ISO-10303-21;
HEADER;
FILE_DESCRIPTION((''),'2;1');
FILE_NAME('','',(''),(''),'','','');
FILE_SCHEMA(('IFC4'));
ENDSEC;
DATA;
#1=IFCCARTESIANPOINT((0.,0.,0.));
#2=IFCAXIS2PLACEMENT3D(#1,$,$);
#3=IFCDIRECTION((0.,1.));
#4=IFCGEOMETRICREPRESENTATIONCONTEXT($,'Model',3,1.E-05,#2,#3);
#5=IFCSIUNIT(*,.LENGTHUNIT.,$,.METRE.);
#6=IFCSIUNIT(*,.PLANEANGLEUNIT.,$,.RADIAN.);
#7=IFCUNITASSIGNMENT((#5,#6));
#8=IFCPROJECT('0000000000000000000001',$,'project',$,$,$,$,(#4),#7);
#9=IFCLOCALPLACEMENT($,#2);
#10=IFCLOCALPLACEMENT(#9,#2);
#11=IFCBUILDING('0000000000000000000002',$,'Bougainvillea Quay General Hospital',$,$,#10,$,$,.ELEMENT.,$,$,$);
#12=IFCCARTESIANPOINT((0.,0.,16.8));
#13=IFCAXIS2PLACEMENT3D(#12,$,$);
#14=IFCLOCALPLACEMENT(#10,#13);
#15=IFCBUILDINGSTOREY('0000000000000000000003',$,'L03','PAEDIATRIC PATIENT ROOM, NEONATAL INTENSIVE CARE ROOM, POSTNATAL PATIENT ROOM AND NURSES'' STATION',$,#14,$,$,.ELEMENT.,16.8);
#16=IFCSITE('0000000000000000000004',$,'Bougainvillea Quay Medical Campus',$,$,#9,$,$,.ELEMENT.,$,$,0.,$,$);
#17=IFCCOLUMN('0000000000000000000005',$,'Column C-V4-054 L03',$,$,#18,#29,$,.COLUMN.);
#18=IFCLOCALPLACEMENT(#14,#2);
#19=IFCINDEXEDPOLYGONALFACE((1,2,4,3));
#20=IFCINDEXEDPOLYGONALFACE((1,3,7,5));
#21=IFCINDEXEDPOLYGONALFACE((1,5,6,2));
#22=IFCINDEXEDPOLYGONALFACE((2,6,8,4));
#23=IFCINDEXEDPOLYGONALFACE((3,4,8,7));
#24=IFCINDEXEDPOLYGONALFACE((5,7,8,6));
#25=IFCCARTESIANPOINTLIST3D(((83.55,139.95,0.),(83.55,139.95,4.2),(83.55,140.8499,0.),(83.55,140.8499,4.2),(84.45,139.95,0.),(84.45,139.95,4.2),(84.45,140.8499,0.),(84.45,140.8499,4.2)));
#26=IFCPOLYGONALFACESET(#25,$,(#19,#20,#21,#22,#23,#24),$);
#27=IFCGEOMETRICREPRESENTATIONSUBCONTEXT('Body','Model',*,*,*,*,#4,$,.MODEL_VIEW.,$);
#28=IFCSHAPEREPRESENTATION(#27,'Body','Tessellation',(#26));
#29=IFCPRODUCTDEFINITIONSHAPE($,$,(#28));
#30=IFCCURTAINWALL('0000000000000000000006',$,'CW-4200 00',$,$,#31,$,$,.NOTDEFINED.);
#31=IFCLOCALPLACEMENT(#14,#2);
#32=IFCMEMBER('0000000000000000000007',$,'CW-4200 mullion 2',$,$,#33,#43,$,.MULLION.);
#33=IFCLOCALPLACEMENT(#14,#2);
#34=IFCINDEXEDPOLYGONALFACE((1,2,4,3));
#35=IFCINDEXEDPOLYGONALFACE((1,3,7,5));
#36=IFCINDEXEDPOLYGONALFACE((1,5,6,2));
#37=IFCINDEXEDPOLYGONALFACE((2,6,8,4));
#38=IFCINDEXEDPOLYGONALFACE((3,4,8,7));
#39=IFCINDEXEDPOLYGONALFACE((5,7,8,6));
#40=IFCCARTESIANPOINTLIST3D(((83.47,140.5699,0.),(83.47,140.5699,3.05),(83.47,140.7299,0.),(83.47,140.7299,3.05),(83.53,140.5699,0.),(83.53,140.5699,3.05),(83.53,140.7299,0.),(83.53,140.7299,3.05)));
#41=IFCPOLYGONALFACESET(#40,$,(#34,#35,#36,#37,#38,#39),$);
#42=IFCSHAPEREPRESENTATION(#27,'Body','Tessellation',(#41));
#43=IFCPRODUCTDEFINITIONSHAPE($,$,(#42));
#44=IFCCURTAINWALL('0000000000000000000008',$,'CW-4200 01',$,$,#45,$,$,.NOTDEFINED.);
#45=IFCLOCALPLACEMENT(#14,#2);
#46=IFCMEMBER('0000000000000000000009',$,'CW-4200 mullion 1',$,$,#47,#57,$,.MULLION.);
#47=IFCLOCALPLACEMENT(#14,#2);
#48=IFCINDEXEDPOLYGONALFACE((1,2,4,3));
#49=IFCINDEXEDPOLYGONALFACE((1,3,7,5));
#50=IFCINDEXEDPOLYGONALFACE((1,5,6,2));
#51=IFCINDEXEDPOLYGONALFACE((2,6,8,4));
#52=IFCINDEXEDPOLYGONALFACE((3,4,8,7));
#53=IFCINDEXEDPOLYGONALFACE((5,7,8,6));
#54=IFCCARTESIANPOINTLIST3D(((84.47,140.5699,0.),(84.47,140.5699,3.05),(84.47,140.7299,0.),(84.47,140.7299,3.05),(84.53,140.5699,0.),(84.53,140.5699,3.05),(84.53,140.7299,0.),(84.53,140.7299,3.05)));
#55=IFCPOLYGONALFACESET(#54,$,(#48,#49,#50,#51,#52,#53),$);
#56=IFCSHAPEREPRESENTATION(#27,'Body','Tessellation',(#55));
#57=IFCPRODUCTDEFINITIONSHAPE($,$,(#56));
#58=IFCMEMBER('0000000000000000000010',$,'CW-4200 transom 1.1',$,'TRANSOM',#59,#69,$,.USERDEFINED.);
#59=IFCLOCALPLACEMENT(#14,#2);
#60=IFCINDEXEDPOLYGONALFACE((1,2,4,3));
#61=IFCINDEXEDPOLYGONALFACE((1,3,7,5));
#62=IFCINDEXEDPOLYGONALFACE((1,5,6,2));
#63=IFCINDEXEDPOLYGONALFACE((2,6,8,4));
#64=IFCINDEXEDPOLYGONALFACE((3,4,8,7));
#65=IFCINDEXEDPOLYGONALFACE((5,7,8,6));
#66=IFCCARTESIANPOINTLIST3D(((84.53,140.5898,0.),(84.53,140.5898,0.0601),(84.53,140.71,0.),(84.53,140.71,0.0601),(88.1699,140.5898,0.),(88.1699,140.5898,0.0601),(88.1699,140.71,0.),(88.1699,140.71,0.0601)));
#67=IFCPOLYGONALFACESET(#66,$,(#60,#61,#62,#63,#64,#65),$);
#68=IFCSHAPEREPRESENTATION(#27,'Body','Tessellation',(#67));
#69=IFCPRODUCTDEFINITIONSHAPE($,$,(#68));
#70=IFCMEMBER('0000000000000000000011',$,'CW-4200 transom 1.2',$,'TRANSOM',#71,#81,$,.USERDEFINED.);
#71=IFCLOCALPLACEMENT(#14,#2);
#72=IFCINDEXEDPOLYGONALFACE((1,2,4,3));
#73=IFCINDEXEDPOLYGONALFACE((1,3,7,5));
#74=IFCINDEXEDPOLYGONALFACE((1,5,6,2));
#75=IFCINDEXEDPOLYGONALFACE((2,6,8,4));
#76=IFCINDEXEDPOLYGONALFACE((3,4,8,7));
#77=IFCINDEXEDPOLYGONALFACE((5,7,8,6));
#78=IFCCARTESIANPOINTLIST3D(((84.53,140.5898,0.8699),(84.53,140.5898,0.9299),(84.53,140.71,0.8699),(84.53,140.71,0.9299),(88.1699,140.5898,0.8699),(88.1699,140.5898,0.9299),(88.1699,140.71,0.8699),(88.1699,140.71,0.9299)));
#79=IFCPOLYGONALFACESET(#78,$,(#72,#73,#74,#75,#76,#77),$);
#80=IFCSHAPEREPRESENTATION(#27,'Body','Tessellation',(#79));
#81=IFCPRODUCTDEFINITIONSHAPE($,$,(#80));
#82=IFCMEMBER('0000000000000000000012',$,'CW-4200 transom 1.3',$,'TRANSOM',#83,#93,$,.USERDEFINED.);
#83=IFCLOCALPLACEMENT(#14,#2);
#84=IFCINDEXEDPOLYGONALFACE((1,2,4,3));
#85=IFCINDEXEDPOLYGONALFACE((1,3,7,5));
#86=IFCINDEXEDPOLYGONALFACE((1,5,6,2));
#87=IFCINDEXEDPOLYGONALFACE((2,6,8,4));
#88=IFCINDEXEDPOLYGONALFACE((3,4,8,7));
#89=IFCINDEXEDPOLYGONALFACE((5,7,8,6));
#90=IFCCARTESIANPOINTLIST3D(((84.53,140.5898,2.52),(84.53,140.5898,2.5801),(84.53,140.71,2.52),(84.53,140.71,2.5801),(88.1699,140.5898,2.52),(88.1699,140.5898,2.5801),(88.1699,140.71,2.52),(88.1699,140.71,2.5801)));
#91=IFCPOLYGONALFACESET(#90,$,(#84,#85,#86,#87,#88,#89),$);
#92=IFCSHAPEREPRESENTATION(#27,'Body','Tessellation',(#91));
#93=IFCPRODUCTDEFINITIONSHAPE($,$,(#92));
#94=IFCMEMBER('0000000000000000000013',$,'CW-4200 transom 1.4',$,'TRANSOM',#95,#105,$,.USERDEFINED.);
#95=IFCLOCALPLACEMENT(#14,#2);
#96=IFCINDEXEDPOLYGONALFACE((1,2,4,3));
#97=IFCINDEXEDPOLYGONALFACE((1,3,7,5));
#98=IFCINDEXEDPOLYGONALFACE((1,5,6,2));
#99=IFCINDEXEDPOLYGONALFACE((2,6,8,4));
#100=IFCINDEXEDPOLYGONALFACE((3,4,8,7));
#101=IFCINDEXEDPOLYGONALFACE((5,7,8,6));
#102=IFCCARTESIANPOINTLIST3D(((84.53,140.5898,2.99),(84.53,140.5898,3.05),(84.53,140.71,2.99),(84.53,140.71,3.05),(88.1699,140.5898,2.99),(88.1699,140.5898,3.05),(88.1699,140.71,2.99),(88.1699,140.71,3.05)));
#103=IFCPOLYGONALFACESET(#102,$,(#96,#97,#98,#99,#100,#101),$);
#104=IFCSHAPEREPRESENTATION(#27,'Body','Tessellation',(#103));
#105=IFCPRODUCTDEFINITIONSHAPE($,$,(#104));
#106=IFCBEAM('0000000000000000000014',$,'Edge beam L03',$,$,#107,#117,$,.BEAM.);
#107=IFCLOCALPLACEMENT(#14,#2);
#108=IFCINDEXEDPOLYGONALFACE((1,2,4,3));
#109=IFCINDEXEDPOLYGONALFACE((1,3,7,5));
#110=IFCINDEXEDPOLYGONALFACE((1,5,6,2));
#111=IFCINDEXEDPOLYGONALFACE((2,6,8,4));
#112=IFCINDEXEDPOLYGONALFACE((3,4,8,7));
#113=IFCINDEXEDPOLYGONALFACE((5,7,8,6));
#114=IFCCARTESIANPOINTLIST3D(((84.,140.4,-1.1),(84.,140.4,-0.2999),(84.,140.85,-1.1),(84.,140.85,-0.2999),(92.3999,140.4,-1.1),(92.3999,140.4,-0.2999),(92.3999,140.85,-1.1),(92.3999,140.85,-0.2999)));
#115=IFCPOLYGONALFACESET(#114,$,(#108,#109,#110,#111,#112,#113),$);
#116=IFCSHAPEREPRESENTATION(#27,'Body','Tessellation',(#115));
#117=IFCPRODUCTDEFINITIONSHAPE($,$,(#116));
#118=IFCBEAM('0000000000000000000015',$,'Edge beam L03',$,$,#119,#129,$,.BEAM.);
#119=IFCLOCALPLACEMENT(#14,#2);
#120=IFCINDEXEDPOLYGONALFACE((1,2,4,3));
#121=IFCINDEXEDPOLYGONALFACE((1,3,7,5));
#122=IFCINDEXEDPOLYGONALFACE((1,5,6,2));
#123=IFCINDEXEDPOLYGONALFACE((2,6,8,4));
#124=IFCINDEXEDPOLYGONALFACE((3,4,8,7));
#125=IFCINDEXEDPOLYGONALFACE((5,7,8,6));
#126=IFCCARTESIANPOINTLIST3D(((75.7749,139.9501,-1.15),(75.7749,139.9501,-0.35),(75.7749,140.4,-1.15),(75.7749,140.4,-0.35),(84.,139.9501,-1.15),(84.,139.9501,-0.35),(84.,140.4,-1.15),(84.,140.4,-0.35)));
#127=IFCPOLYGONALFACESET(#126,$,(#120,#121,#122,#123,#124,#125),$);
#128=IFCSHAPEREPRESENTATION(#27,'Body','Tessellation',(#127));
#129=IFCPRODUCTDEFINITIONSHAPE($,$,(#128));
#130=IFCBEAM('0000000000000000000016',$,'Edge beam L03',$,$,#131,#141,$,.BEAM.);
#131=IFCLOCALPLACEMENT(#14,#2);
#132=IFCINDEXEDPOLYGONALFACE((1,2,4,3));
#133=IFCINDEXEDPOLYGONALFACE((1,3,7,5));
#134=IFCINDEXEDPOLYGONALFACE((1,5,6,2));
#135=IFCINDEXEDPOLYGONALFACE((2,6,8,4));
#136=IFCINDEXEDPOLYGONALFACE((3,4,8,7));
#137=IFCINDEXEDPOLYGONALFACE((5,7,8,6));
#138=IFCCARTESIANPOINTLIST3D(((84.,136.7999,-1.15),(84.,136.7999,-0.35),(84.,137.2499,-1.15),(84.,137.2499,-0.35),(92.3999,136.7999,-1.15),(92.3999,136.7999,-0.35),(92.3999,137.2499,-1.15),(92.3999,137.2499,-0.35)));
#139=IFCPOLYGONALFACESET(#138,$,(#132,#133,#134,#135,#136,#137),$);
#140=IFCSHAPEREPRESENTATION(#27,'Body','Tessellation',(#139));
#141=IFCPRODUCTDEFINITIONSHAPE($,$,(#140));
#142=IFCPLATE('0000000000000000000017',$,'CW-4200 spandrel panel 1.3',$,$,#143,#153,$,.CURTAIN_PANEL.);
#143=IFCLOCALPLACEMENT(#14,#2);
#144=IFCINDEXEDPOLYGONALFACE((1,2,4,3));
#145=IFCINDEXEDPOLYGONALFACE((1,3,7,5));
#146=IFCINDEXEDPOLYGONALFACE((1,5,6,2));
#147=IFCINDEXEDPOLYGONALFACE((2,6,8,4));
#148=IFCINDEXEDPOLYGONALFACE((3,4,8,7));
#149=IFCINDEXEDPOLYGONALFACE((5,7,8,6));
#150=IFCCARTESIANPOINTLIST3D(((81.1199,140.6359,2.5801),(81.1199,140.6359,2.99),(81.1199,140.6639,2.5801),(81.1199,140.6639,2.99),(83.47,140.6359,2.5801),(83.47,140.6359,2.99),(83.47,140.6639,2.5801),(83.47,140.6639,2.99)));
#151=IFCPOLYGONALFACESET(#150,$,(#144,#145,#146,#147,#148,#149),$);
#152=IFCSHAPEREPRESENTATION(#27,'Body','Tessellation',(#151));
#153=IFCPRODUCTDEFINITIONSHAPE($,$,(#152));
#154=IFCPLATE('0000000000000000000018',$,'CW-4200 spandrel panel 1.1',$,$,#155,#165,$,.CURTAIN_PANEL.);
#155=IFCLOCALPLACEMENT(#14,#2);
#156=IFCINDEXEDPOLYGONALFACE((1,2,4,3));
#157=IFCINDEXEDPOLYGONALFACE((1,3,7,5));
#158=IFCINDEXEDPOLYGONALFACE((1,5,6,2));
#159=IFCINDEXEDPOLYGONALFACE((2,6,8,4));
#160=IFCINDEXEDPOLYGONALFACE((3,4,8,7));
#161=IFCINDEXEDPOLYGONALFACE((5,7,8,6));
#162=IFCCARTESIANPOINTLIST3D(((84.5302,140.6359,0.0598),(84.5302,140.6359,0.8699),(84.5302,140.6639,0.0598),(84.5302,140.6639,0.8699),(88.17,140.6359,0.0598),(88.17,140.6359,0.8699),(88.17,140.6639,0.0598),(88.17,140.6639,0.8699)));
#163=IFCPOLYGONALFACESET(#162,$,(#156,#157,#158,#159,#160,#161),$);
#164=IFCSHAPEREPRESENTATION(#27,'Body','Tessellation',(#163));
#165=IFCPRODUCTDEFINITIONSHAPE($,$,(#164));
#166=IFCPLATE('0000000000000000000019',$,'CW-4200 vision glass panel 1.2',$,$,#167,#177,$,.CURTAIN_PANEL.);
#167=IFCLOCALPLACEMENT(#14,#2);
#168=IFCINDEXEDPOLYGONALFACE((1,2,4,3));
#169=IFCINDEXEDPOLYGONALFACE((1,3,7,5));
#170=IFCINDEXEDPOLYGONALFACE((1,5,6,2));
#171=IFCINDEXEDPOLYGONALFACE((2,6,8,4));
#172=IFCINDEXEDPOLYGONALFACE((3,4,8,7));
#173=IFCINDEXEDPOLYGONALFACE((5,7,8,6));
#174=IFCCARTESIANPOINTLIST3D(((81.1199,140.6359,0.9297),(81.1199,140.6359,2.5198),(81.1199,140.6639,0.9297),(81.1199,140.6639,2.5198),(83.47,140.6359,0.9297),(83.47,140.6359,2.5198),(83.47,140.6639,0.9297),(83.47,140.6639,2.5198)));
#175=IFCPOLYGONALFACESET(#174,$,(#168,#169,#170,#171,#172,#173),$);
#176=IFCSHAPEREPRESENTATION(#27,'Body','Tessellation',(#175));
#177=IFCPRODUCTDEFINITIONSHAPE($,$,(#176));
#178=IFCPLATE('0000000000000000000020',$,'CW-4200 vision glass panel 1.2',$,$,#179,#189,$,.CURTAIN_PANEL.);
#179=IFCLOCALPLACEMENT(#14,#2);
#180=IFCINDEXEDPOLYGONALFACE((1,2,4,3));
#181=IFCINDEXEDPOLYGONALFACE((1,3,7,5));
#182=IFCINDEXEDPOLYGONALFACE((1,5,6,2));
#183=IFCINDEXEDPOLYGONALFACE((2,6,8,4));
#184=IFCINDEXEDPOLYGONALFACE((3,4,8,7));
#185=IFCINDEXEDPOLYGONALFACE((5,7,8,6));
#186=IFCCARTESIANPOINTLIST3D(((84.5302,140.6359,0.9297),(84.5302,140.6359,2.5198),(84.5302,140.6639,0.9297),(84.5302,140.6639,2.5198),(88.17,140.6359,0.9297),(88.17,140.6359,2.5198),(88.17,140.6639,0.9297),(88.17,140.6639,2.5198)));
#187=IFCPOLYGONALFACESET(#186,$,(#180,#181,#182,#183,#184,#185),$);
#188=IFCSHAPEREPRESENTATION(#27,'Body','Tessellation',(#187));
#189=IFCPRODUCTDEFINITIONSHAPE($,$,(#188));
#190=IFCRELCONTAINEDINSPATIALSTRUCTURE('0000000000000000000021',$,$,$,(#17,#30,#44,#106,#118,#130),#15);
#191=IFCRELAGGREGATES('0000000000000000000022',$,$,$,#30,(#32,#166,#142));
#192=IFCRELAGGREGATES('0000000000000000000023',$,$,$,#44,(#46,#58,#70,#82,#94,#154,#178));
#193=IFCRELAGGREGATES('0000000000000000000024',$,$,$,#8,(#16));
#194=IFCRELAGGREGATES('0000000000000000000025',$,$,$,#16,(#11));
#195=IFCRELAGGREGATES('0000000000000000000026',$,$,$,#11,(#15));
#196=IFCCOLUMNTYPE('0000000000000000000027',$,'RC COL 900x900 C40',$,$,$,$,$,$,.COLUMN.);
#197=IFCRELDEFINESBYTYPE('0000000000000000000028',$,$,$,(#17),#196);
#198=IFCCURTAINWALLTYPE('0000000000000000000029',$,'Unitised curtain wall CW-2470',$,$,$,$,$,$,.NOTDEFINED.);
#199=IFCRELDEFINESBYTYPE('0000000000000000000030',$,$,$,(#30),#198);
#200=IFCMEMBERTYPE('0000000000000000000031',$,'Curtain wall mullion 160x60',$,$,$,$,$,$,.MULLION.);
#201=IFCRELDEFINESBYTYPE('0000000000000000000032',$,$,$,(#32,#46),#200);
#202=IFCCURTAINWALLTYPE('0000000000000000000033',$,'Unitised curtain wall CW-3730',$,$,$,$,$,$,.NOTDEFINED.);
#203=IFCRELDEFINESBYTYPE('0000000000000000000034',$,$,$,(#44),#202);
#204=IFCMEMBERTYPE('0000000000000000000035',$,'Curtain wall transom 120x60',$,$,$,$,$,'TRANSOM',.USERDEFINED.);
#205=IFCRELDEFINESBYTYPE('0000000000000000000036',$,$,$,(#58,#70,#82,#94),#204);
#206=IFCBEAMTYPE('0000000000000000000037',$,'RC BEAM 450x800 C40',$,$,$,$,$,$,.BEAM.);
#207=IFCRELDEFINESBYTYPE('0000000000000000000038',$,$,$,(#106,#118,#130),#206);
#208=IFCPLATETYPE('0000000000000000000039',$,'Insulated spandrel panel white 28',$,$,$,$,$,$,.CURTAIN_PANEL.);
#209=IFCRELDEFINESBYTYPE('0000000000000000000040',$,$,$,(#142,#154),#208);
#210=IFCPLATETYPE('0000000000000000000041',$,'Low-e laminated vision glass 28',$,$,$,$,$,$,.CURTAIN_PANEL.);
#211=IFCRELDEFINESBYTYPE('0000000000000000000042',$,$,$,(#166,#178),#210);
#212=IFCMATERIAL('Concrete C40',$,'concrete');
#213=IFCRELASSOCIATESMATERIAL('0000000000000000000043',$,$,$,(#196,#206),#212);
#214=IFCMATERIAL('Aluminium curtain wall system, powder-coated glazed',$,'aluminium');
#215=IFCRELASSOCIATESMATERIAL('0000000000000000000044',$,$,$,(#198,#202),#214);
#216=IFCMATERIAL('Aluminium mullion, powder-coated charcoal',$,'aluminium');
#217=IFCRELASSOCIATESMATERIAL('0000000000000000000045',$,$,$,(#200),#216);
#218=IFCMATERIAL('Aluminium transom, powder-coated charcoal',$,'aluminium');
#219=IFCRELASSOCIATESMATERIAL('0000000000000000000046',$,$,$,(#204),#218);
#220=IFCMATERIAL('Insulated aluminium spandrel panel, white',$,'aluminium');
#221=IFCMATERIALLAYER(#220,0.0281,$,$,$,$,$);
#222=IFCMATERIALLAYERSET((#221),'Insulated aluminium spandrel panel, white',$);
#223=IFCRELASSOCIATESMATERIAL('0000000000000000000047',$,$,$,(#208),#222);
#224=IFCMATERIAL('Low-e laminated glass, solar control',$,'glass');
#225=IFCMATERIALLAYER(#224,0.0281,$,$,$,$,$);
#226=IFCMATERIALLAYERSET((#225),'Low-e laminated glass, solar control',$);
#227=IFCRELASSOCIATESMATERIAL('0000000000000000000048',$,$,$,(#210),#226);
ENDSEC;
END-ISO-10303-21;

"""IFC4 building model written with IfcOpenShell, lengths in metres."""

from ifc_helpers import new_model, si_unit, direction, frame, origin, origin_2d, place, context, subcontext, project, spatial, rectangle, extrude, material, layer, layer_set, material_profile, profile_set, type_object, element, aggregate, save


model = new_model("IFC4")

# Units and contexts
model_context = context("Model", 3, precision=1e-05, world=origin(), true_north=direction((0.0, 1.0)))
body_context = subcontext(model_context, "Body", "Model", "MODEL_VIEW")
ifc_project = project(units=[si_unit("LENGTHUNIT", "METRE"), si_unit("PLANEANGLEUNIT", "RADIAN")], contexts=[model_context])

# Site, building, storey
site_placement = place(None, origin())
site = spatial("IfcSite", under=ifc_project, at=site_placement, Name="Bougainvillea Quay Medical Campus", CompositionType="ELEMENT", RefElevation=0.0)
building_placement = place(site_placement, origin())
building = spatial("IfcBuilding", under=site, at=building_placement, Name="Bougainvillea Quay General Hospital", CompositionType="ELEMENT")
storey_placement = place(building_placement, frame((0.0, 0.0, 16.8)))
storey = spatial("IfcBuildingStorey", under=building, at=storey_placement, Name="L03", Description="PAEDIATRIC PATIENT ROOM, NEONATAL INTENSIVE CARE ROOM, POSTNATAL PATIENT ROOM AND NURSES' STATION", CompositionType="ELEMENT", Elevation=16.8)

# Column
ifc_material_1 = material(Name="Concrete C40", Category="concrete")
ifc_material_profile_1 = material_profile(ifc_material_1, rectangle(XDim=0.8999, YDim=0.8999, at=origin_2d()))
ifc_profile_set_1 = profile_set([ifc_material_profile_1], Name="Concrete C40")
column_type = type_object("IfcColumnType", Name="RC COL 900x900 C40", PredefinedType="COLUMN", material=ifc_profile_set_1)
column_placement = place(storey_placement, frame((84.0, 140.3999, 0.0), z_axis=(0.0, 0.0, 1.0), x_axis=(1.0, 0.0, 0.0)))
element("IfcColumn", 1, at=column_placement, inside=storey, type_object=column_type, Name="Column C-V4-054 L03", PredefinedType="COLUMN", context=body_context, shape_type="SweptSolid", body=[
    extrude(rectangle(XDim=0.8999, YDim=0.8999, at=origin_2d()), origin(), (0.0, 0.0, 1.0), 4.2),
])

# Curtain wall, member
ifc_material_2 = material(Name="Aluminium curtain wall system, powder-coated glazed", Category="aluminium")
curtain_wall_type_1 = type_object("IfcCurtainWallType", Name="Unitised curtain wall CW-2470", PredefinedType="NOTDEFINED", material=ifc_material_2)
curtain_wall_1_placement = place(storey_placement, origin())
curtain_wall_1 = element("IfcCurtainWall", 2, at=curtain_wall_1_placement, inside=storey, type_object=curtain_wall_type_1, Name="CW-4200 00", PredefinedType="NOTDEFINED")
ifc_material_3 = material(Name="Aluminium mullion, powder-coated charcoal", Category="aluminium")
ifc_material_profile_2 = material_profile(ifc_material_3, rectangle(XDim=0.1599, YDim=0.0601, at=origin_2d()))
ifc_profile_set_2 = profile_set([ifc_material_profile_2], Name="Aluminium mullion, powder-coated charcoal")
member_type_1 = type_object("IfcMemberType", Name="Curtain wall mullion 160x60", PredefinedType="MULLION", material=ifc_profile_set_2)
member_1_placement = place(storey_placement, frame((83.5, 140.6499, 0.0), z_axis=(0.0, 0.0, 1.0), x_axis=(0.0, 1.0, 0.0)))
member_1 = element("IfcMember", 3, at=member_1_placement, type_object=member_type_1, Name="CW-4200 mullion 2", PredefinedType="MULLION", context=body_context, shape_type="SweptSolid", body=[
    extrude(rectangle(XDim=0.1599, YDim=0.0601, at=origin_2d()), origin(), (0.0, 0.0, 1.0), 3.05),
])

# Curtain wall, members
curtain_wall_type_2 = type_object("IfcCurtainWallType", Name="Unitised curtain wall CW-3730", PredefinedType="NOTDEFINED", material=ifc_material_2)
curtain_wall_2_placement = place(storey_placement, origin())
curtain_wall_2 = element("IfcCurtainWall", 4, at=curtain_wall_2_placement, inside=storey, type_object=curtain_wall_type_2, Name="CW-4200 01", PredefinedType="NOTDEFINED")
member_2_placement = place(storey_placement, frame((84.5, 140.6499, 0.0), z_axis=(0.0, 0.0, 1.0), x_axis=(0.0, 1.0, 0.0)))
member_2 = element("IfcMember", 5, at=member_2_placement, type_object=member_type_1, Name="CW-4200 mullion 1", PredefinedType="MULLION", context=body_context, shape_type="SweptSolid", body=[
    extrude(rectangle(XDim=0.1599, YDim=0.0601, at=origin_2d()), origin(), (0.0, 0.0, 1.0), 3.05),
])
ifc_material_4 = material(Name="Aluminium transom, powder-coated charcoal", Category="aluminium")
ifc_material_profile_3 = material_profile(ifc_material_4, rectangle(XDim=0.1201, YDim=0.0601, at=origin_2d()))
ifc_profile_set_3 = profile_set([ifc_material_profile_3], Name="Aluminium transom, powder-coated charcoal")
member_type_2 = type_object("IfcMemberType", Name="Curtain wall transom 120x60", ElementType="TRANSOM", PredefinedType="USERDEFINED", material=ifc_profile_set_3)
member_3_placement = place(storey_placement, frame((84.53, 140.6499, 0.03), z_axis=(1.0, 0.0, 0.0), x_axis=(0.0, 1.0, 0.0)))
member_3 = element("IfcMember", 6, at=member_3_placement, type_object=member_type_2, Name="CW-4200 transom 1.1", ObjectType="TRANSOM", PredefinedType="USERDEFINED", context=body_context, shape_type="SweptSolid", body=[
    extrude(rectangle(XDim=0.1201, YDim=0.0601, at=origin_2d()), origin(), (0.0, 0.0, 1.0), 3.6399),
])
member_4_placement = place(storey_placement, frame((84.53, 140.6499, 0.8999), z_axis=(1.0, 0.0, 0.0), x_axis=(0.0, 1.0, 0.0)))
member_4 = element("IfcMember", 7, at=member_4_placement, type_object=member_type_2, Name="CW-4200 transom 1.2", ObjectType="TRANSOM", PredefinedType="USERDEFINED", context=body_context, shape_type="SweptSolid", body=[
    extrude(rectangle(XDim=0.1201, YDim=0.0601, at=origin_2d()), origin(), (0.0, 0.0, 1.0), 3.6399),
])
member_5_placement = place(storey_placement, frame((84.53, 140.6499, 2.55), z_axis=(1.0, 0.0, 0.0), x_axis=(0.0, 1.0, 0.0)))
member_5 = element("IfcMember", 8, at=member_5_placement, type_object=member_type_2, Name="CW-4200 transom 1.3", ObjectType="TRANSOM", PredefinedType="USERDEFINED", context=body_context, shape_type="SweptSolid", body=[
    extrude(rectangle(XDim=0.1201, YDim=0.0601, at=origin_2d()), origin(), (0.0, 0.0, 1.0), 3.6399),
])
member_6_placement = place(storey_placement, frame((84.53, 140.6499, 3.02), z_axis=(1.0, 0.0, 0.0), x_axis=(0.0, 1.0, 0.0)))
member_6 = element("IfcMember", 9, at=member_6_placement, type_object=member_type_2, Name="CW-4200 transom 1.4", ObjectType="TRANSOM", PredefinedType="USERDEFINED", context=body_context, shape_type="SweptSolid", body=[
    extrude(rectangle(XDim=0.1201, YDim=0.0601, at=origin_2d()), origin(), (0.0, 0.0, 1.0), 3.6399),
])

# Beams
ifc_material_profile_4 = material_profile(ifc_material_1, rectangle(XDim=0.45, YDim=0.8, at=origin_2d()))
ifc_profile_set_4 = profile_set([ifc_material_profile_4], Name="Concrete C40")
beam_type = type_object("IfcBeamType", Name="RC BEAM 450x800 C40", PredefinedType="BEAM", material=ifc_profile_set_4)
beam_1_placement = place(storey_placement, frame((84.0, 140.625, -0.7), z_axis=(1.0, 0.0, 0.0), x_axis=(0.0, 1.0, 0.0)))
element("IfcBeam", 10, at=beam_1_placement, inside=storey, type_object=beam_type, Name="Edge beam L03", PredefinedType="BEAM", context=body_context, shape_type="SweptSolid", body=[
    extrude(rectangle(XDim=0.45, YDim=0.8, at=origin_2d()), origin(), (0.0, 0.0, 1.0), 8.3999),
])
beam_2_placement = place(storey_placement, frame((84.0, 140.175, -0.75), z_axis=(-1.0, 0.0, 0.0), x_axis=(0.0, -1.0, 0.0)))
element("IfcBeam", 11, at=beam_2_placement, inside=storey, type_object=beam_type, Name="Edge beam L03", PredefinedType="BEAM", context=body_context, shape_type="SweptSolid", body=[
    extrude(rectangle(XDim=0.45, YDim=0.8, at=origin_2d()), origin(), (0.0, 0.0, 1.0), 8.2251),
])
beam_3_placement = place(storey_placement, frame((84.0, 137.0249, -0.75), z_axis=(1.0, 0.0, 0.0), x_axis=(0.0, 1.0, 0.0)))
element("IfcBeam", 12, at=beam_3_placement, inside=storey, type_object=beam_type, Name="Edge beam L03", PredefinedType="BEAM", context=body_context, shape_type="SweptSolid", body=[
    extrude(rectangle(XDim=0.45, YDim=0.8, at=origin_2d()), origin(), (0.0, 0.0, 1.0), 8.3999),
])

# Plates
ifc_material_5 = material(Name="Insulated aluminium spandrel panel, white", Category="aluminium")
ifc_layer_1 = layer(ifc_material_5, 0.0281)
ifc_layer_set_1 = layer_set([ifc_layer_1], Name="Insulated aluminium spandrel panel, white")
plate_type_1 = type_object("IfcPlateType", Name="Insulated spandrel panel white 28", PredefinedType="CURTAIN_PANEL", material=ifc_layer_set_1)
plate_1_placement = place(storey_placement, frame((82.2949, 140.6499, 2.5801), z_axis=(0.0, 0.0, 1.0), x_axis=(1.0, 0.0, 0.0)))
plate_1 = element("IfcPlate", 13, at=plate_1_placement, type_object=plate_type_1, Name="CW-4200 spandrel panel 1.3", PredefinedType="CURTAIN_PANEL", context=body_context, shape_type="SweptSolid", body=[
    extrude(rectangle(XDim=2.3501, YDim=0.0281, at=origin_2d()), origin(), (0.0, 0.0, 1.0), 0.4099),
])
plate_2_placement = place(storey_placement, frame((86.3501, 140.6499, 0.0598), z_axis=(0.0, 0.0, 1.0), x_axis=(1.0, 0.0, 0.0)))
plate_2 = element("IfcPlate", 14, at=plate_2_placement, type_object=plate_type_1, Name="CW-4200 spandrel panel 1.1", PredefinedType="CURTAIN_PANEL", context=body_context, shape_type="SweptSolid", body=[
    extrude(rectangle(XDim=3.6399, YDim=0.0281, at=origin_2d()), origin(), (0.0, 0.0, 1.0), 0.8101),
])
ifc_material_6 = material(Name="Low-e laminated glass, solar control", Category="glass")
ifc_layer_2 = layer(ifc_material_6, 0.0281)
ifc_layer_set_2 = layer_set([ifc_layer_2], Name="Low-e laminated glass, solar control")
plate_type_2 = type_object("IfcPlateType", Name="Low-e laminated vision glass 28", PredefinedType="CURTAIN_PANEL", material=ifc_layer_set_2)
plate_3_placement = place(storey_placement, frame((82.2949, 140.6499, 0.9297), z_axis=(0.0, 0.0, 1.0), x_axis=(1.0, 0.0, 0.0)))
plate_3 = element("IfcPlate", 15, at=plate_3_placement, type_object=plate_type_2, Name="CW-4200 vision glass panel 1.2", PredefinedType="CURTAIN_PANEL", context=body_context, shape_type="SweptSolid", body=[
    extrude(rectangle(XDim=2.3501, YDim=0.0281, at=origin_2d()), origin(), (0.0, 0.0, 1.0), 1.5901),
])
aggregate(curtain_wall_1, [member_1, plate_3, plate_1])
plate_4_placement = place(storey_placement, frame((86.3501, 140.6499, 0.9297), z_axis=(0.0, 0.0, 1.0), x_axis=(1.0, 0.0, 0.0)))
plate_4 = element("IfcPlate", 16, at=plate_4_placement, type_object=plate_type_2, Name="CW-4200 vision glass panel 1.2", PredefinedType="CURTAIN_PANEL", context=body_context, shape_type="SweptSolid", body=[
    extrude(rectangle(XDim=3.6399, YDim=0.0281, at=origin_2d()), origin(), (0.0, 0.0, 1.0), 1.5901),
])
aggregate(curtain_wall_2, [member_2, member_3, member_4, member_5, member_6, plate_2, plate_4])

save(model, "model.ifc")
